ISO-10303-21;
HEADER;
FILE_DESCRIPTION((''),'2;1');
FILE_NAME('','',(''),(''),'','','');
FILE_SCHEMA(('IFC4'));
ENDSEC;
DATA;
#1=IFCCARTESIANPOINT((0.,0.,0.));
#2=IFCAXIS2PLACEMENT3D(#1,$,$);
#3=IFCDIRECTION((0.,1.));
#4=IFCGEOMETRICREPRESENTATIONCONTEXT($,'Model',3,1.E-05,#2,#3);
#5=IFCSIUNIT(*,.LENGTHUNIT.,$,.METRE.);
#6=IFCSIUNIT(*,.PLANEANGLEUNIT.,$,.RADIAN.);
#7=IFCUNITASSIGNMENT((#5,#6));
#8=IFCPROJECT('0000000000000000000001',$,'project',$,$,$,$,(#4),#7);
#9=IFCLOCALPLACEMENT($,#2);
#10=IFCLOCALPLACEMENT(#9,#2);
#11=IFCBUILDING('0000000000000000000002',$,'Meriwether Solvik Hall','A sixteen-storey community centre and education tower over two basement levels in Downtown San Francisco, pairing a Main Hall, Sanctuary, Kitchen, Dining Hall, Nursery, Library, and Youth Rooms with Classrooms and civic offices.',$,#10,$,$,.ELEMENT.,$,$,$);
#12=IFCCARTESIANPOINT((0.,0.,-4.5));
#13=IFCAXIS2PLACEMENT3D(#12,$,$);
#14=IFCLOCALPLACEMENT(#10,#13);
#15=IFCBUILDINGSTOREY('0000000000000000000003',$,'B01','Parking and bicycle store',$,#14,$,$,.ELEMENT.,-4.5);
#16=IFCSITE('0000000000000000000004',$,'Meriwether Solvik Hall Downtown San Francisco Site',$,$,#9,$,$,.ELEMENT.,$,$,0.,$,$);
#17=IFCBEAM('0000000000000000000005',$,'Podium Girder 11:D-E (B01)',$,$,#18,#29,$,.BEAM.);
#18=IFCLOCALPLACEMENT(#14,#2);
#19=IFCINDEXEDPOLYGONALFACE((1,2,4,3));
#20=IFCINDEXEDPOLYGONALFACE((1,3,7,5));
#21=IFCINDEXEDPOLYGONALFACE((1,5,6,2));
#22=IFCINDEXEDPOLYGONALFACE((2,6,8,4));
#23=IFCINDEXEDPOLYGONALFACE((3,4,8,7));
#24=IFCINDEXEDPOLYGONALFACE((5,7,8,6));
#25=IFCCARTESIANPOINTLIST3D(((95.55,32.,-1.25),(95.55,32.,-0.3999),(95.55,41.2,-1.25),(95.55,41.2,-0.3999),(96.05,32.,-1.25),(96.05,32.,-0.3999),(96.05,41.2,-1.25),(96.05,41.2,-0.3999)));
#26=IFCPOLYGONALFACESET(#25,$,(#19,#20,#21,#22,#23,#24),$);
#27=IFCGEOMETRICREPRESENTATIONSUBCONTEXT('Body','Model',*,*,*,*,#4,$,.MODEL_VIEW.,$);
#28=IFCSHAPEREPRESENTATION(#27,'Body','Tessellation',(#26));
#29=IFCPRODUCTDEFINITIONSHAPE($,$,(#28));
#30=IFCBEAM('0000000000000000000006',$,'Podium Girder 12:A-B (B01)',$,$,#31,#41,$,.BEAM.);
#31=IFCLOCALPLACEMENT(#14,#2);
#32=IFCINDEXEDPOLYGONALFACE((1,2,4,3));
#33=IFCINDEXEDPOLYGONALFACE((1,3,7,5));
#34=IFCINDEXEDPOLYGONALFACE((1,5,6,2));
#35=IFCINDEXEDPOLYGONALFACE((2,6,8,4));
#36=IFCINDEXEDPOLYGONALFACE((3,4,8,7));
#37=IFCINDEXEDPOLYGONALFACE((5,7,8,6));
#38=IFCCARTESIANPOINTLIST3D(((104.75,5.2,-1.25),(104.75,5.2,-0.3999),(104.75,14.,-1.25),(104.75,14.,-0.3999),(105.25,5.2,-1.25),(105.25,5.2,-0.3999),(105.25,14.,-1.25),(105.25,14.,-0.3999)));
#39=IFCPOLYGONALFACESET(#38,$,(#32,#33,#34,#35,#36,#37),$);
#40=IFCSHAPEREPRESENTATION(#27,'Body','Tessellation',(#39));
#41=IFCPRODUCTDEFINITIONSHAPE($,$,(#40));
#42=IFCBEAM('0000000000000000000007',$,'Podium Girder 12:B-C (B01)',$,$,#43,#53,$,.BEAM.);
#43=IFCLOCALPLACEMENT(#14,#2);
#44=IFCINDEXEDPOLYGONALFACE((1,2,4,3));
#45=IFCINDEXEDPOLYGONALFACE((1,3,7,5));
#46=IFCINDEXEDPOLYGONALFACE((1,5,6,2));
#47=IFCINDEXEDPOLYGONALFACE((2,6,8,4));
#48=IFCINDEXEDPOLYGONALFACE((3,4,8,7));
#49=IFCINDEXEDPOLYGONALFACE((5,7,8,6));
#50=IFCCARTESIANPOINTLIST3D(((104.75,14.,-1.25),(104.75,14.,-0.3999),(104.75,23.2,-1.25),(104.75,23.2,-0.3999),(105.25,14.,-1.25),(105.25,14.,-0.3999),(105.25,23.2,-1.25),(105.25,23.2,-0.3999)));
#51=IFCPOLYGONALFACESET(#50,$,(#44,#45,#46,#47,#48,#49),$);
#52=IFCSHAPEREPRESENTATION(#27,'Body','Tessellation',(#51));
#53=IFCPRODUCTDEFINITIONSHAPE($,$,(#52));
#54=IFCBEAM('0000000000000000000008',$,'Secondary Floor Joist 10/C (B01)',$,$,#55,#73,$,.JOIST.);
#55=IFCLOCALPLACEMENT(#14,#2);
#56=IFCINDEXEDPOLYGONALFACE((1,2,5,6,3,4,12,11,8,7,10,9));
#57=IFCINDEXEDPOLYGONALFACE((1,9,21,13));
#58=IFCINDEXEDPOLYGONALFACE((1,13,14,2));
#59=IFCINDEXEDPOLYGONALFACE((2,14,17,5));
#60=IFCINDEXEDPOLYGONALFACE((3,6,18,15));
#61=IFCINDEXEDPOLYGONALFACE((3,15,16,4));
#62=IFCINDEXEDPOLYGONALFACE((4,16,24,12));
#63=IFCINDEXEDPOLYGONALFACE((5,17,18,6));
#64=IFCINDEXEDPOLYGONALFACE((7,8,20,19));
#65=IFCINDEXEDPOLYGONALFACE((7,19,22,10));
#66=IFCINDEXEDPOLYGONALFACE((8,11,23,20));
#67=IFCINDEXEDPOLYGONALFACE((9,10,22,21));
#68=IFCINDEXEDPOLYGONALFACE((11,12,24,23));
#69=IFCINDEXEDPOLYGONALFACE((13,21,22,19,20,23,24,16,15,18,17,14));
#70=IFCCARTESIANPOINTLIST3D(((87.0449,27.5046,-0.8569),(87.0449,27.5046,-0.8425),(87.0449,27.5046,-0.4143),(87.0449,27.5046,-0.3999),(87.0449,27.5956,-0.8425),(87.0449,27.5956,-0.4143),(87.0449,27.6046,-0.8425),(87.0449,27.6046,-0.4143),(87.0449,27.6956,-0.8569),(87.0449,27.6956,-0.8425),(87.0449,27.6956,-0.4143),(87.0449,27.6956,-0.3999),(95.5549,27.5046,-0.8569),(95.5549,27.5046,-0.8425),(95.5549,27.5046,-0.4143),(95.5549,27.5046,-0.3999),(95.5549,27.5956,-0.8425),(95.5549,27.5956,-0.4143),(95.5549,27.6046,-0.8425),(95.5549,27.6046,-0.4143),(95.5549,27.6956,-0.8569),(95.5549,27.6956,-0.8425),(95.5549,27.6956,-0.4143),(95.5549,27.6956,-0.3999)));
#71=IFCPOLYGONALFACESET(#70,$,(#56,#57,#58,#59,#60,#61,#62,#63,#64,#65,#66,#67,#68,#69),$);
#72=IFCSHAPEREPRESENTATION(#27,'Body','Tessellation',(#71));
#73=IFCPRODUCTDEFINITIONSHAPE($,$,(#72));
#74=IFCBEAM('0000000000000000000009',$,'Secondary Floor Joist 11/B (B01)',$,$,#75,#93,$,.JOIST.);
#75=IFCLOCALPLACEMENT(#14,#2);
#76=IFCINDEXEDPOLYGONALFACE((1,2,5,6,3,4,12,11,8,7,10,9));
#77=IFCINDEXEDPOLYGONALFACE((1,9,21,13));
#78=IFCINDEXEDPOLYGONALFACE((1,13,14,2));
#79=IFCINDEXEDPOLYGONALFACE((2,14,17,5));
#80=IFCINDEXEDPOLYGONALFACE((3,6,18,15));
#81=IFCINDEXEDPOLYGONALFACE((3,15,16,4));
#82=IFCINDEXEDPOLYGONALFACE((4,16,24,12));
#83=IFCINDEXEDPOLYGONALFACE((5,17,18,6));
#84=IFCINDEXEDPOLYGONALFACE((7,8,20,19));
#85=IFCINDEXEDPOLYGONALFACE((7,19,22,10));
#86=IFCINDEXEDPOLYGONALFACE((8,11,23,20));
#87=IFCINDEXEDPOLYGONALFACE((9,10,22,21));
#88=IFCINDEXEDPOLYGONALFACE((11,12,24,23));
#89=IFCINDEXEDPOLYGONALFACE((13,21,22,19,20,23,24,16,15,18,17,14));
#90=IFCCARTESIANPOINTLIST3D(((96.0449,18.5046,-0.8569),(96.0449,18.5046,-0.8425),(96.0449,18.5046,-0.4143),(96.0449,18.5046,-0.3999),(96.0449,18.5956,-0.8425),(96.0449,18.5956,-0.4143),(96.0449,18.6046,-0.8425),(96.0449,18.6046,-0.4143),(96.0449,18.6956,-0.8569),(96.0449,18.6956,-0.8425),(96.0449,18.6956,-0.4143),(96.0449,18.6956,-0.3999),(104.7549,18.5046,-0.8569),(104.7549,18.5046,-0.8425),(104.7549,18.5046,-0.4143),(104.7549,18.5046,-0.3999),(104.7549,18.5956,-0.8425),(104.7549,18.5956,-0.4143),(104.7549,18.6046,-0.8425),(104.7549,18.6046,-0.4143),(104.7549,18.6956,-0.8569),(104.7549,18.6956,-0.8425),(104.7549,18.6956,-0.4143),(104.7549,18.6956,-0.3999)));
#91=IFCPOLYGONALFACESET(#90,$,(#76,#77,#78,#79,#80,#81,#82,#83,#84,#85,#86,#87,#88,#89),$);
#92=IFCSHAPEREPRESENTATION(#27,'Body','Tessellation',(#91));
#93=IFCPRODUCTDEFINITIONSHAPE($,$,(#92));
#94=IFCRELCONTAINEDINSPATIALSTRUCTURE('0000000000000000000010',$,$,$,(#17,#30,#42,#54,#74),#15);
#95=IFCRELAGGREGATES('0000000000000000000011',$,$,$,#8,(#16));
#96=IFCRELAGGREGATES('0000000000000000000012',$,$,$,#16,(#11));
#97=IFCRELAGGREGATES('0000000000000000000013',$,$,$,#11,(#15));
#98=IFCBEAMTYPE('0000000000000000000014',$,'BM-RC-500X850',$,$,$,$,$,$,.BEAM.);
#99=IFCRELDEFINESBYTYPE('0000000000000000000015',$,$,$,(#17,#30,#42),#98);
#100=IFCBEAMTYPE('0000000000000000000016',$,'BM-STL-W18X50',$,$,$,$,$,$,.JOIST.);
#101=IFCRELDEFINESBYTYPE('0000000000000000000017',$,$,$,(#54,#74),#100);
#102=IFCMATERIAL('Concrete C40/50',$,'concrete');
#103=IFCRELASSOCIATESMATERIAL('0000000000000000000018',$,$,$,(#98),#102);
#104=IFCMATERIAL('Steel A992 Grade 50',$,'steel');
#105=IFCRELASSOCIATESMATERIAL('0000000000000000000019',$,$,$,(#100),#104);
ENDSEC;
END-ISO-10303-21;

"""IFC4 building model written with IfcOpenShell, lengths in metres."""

from ifc_helpers import new_model, si_unit, direction, frame, origin, origin_2d, place, context, subcontext, project, spatial, rectangle, i_section, extrude, material, material_profile, profile_set, type_object, element, save


model = new_model("IFC4")

# Units and contexts
model_context = context("Model", 3, precision=1e-05, world=origin(), true_north=direction((0.0, 1.0)))
body_context = subcontext(model_context, "Body", "Model", "MODEL_VIEW")
ifc_project = project(units=[si_unit("LENGTHUNIT", "METRE"), si_unit("PLANEANGLEUNIT", "RADIAN")], contexts=[model_context])

# Site, building, storey
site_placement = place(None, origin())
site = spatial("IfcSite", under=ifc_project, at=site_placement, Name="Meriwether Solvik Hall Downtown San Francisco Site", CompositionType="ELEMENT", RefElevation=0.0)
building_placement = place(site_placement, origin())
building = spatial("IfcBuilding", under=site, at=building_placement, Name="Meriwether Solvik Hall", Description="A sixteen-storey community centre and education tower over two basement levels in Downtown San Francisco, pairing a Main Hall, Sanctuary, Kitchen, Dining Hall, Nursery, Library, and Youth Rooms with Classrooms and civic offices.", CompositionType="ELEMENT")
storey_placement = place(building_placement, frame((0.0, 0.0, -4.5)))
storey = spatial("IfcBuildingStorey", under=building, at=storey_placement, Name="B01", Description="Parking and bicycle store", CompositionType="ELEMENT", Elevation=-4.5)

# Beams
ifc_material_1 = material(Name="Concrete C40/50", Category="concrete")
ifc_material_profile_1 = material_profile(ifc_material_1, rectangle(XDim=0.5, YDim=0.8501, at=origin_2d()), Name="RCB-500X850")
ifc_profile_set_1 = profile_set([ifc_material_profile_1], Name="Concrete C40/50")
beam_type_1 = type_object("IfcBeamType", Name="BM-RC-500X850", PredefinedType="BEAM", material=ifc_profile_set_1)
beam_1_placement = place(storey_placement, frame((95.8, 32.0, -0.825), z_axis=(0.0, 1.0, 0.0), x_axis=(-1.0, 0.0, 0.0)))
element("IfcBeam", 1, at=beam_1_placement, inside=storey, type_object=beam_type_1, Name="Podium Girder 11:D-E (B01)", PredefinedType="BEAM", context=body_context, shape_type="SweptSolid", body=[
    extrude(rectangle(XDim=0.5, YDim=0.8501, at=origin_2d()), origin(), (0.0, 0.0, 1.0), 9.2),
])
beam_2_placement = place(storey_placement, frame((105.0, 5.2, -0.825), z_axis=(0.0, 1.0, 0.0), x_axis=(-1.0, 0.0, 0.0)))
element("IfcBeam", 2, at=beam_2_placement, inside=storey, type_object=beam_type_1, Name="Podium Girder 12:A-B (B01)", PredefinedType="BEAM", context=body_context, shape_type="SweptSolid", body=[
    extrude(rectangle(XDim=0.5, YDim=0.8501, at=origin_2d()), origin(), (0.0, 0.0, 1.0), 8.8),
])
beam_3_placement = place(storey_placement, frame((105.0, 14.0, -0.825), z_axis=(0.0, 1.0, 0.0), x_axis=(-1.0, 0.0, 0.0)))
element("IfcBeam", 3, at=beam_3_placement, inside=storey, type_object=beam_type_1, Name="Podium Girder 12:B-C (B01)", PredefinedType="BEAM", context=body_context, shape_type="SweptSolid", body=[
    extrude(rectangle(XDim=0.5, YDim=0.8501, at=origin_2d()), origin(), (0.0, 0.0, 1.0), 9.2),
])
ifc_material_2 = material(Name="Steel A992 Grade 50", Category="steel")
ifc_material_profile_2 = material_profile(ifc_material_2, i_section(OverallWidth=0.1909, OverallDepth=0.457, WebThickness=0.009, FlangeThickness=0.0144, at=origin_2d()), Name="W18X50")
ifc_profile_set_2 = profile_set([ifc_material_profile_2], Name="Steel A992 Grade 50")
beam_type_2 = type_object("IfcBeamType", Name="BM-STL-W18X50", PredefinedType="JOIST", material=ifc_profile_set_2)
beam_4_placement = place(storey_placement, frame((87.0449, 27.6001, -0.6284), z_axis=(1.0, 0.0, 0.0), x_axis=(0.0, 1.0, 0.0)))
element("IfcBeam", 4, at=beam_4_placement, inside=storey, type_object=beam_type_2, Name="Secondary Floor Joist 10/C (B01)", PredefinedType="JOIST", context=body_context, shape_type="SweptSolid", body=[
    extrude(i_section(OverallWidth=0.1909, OverallDepth=0.457, WebThickness=0.009, FlangeThickness=0.0144, at=origin_2d()), origin(), (0.0, 0.0, 1.0), 8.51),
])
beam_5_placement = place(storey_placement, frame((96.0449, 18.6001, -0.6284), z_axis=(1.0, 0.0, 0.0), x_axis=(0.0, 1.0, 0.0)))
element("IfcBeam", 5, at=beam_5_placement, inside=storey, type_object=beam_type_2, Name="Secondary Floor Joist 11/B (B01)", PredefinedType="JOIST", context=body_context, shape_type="SweptSolid", body=[
    extrude(i_section(OverallWidth=0.1909, OverallDepth=0.457, WebThickness=0.009, FlangeThickness=0.0144, at=origin_2d()), origin(), (0.0, 0.0, 1.0), 8.71),
])

save(model, "model.ifc")
